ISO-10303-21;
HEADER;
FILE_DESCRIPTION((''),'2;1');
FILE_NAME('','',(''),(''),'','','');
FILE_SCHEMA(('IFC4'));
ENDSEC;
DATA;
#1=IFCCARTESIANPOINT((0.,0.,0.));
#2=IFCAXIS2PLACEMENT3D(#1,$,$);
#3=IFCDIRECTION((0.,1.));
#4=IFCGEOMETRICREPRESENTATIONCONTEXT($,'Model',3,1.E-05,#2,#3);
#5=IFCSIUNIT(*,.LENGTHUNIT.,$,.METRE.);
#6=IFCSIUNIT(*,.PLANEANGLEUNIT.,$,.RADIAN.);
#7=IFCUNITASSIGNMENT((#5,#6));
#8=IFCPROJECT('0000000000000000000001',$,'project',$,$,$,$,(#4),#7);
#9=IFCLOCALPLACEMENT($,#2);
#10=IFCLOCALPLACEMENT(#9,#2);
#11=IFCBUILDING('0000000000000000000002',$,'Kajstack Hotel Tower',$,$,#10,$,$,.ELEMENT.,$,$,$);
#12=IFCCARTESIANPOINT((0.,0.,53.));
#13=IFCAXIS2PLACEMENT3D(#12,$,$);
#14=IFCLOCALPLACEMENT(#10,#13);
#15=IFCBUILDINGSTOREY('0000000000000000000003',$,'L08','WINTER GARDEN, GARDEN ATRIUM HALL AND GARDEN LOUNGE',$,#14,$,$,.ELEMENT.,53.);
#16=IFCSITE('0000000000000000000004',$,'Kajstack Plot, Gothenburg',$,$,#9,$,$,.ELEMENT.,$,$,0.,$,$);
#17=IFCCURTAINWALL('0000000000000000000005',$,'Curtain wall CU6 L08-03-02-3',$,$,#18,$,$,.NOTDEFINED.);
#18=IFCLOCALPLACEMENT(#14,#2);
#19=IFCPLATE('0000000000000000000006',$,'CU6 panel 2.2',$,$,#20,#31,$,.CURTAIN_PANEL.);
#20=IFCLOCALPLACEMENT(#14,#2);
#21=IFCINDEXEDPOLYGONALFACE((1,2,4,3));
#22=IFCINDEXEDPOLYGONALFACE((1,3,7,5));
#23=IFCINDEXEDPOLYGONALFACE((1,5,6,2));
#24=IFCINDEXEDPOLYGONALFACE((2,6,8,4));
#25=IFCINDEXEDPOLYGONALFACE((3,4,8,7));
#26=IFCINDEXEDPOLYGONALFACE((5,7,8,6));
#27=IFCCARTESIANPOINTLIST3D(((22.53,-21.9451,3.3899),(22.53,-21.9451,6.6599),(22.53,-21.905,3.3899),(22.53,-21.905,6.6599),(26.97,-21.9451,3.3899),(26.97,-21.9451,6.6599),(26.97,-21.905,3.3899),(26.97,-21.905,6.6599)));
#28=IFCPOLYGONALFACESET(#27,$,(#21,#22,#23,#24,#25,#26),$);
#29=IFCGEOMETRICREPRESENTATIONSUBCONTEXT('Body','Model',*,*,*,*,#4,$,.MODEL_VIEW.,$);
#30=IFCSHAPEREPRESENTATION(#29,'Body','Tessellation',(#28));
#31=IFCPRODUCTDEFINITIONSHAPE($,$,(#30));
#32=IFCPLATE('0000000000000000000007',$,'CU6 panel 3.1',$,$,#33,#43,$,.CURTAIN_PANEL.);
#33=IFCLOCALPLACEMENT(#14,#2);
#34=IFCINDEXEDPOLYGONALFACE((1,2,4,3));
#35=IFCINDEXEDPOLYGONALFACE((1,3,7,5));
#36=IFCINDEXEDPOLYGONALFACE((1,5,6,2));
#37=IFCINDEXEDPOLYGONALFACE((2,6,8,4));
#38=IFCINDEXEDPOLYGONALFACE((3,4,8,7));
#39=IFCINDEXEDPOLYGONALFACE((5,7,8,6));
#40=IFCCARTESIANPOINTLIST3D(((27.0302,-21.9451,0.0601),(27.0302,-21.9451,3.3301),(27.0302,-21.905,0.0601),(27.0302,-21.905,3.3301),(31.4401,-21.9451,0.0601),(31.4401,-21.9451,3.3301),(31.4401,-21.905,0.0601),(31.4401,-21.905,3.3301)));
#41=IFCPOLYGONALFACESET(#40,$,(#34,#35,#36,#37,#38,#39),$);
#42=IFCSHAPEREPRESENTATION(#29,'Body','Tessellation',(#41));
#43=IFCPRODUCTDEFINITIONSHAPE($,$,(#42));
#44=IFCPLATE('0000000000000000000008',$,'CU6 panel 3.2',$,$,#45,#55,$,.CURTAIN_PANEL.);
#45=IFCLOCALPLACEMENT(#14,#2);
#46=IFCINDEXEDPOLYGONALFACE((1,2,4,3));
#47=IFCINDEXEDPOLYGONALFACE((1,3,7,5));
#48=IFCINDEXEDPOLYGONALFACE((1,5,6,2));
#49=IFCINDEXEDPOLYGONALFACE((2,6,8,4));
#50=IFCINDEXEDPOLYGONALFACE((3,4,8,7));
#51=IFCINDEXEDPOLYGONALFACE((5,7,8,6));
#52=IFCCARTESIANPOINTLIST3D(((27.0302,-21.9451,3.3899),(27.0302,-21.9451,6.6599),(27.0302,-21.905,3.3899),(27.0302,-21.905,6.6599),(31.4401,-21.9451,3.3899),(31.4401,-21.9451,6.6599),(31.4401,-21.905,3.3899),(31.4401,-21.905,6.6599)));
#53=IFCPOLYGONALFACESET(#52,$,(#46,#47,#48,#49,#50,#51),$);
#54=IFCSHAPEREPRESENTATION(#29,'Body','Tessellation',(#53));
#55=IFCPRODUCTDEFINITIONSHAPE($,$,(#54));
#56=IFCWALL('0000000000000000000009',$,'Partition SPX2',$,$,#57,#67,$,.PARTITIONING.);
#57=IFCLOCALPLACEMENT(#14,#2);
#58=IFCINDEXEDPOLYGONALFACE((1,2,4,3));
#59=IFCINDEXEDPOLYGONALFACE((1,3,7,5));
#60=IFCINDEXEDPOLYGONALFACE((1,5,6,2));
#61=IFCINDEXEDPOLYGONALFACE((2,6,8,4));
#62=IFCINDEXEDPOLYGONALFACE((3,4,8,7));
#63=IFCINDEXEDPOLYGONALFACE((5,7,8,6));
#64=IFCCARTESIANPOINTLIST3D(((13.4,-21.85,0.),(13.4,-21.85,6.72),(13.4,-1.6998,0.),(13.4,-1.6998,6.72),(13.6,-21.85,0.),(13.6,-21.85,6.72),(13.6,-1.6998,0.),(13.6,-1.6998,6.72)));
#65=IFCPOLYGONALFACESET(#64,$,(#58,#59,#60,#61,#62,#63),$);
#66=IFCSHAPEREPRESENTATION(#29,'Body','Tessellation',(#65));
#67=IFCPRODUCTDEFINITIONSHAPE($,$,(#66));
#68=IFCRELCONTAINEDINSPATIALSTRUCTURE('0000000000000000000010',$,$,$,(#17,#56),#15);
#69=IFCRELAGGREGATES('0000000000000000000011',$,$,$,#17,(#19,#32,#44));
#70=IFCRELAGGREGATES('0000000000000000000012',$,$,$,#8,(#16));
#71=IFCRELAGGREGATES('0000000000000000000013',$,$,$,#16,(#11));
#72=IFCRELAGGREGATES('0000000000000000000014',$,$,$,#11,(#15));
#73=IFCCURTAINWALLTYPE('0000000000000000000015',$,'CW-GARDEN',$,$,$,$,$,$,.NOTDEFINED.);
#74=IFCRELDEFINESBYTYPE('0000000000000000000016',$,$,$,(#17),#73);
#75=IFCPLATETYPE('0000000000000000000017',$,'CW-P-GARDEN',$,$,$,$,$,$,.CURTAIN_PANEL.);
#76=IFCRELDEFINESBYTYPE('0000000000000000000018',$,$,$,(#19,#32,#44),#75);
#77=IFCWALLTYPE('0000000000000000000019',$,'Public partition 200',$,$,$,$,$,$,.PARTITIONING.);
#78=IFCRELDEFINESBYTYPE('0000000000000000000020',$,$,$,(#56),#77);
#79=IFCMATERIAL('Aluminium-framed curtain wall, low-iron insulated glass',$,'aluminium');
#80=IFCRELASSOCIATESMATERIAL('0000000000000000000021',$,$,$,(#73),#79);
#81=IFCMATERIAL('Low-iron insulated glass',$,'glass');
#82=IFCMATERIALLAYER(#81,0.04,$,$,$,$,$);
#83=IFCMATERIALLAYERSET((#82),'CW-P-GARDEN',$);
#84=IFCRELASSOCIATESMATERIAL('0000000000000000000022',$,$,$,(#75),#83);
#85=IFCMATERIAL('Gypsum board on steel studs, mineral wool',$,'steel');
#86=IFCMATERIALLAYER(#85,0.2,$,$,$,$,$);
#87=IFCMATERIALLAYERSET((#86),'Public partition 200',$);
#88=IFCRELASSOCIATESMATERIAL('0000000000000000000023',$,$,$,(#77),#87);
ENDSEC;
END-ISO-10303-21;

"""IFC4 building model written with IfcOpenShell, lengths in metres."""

from ifc_helpers import new_model, si_unit, direction, frame, frame_2d, origin, origin_2d, place, context, subcontext, project, spatial, rectangle, extrude, material, layer, layer_set, type_object, element, aggregate, save


model = new_model("IFC4")

# Units and contexts
model_context = context("Model", 3, precision=1e-05, world=origin(), true_north=direction((0.0, 1.0)))
body_context = subcontext(model_context, "Body", "Model", "MODEL_VIEW")
ifc_project = project(units=[si_unit("LENGTHUNIT", "METRE"), si_unit("PLANEANGLEUNIT", "RADIAN")], contexts=[model_context])

# Site, building, storey
site_placement = place(None, origin())
site = spatial("IfcSite", under=ifc_project, at=site_placement, Name="Kajstack Plot, Gothenburg", CompositionType="ELEMENT", RefElevation=0.0)
building_placement = place(site_placement, origin())
building = spatial("IfcBuilding", under=site, at=building_placement, Name="Kajstack Hotel Tower", CompositionType="ELEMENT")
storey_placement = place(building_placement, frame((0.0, 0.0, 53.0)))
storey = spatial("IfcBuildingStorey", under=building, at=storey_placement, Name="L08", Description="WINTER GARDEN, GARDEN ATRIUM HALL AND GARDEN LOUNGE", CompositionType="ELEMENT", Elevation=53.0)

# Curtain wall
ifc_material_1 = material(Name="Aluminium-framed curtain wall, low-iron insulated glass", Category="aluminium")
curtain_wall_type = type_object("IfcCurtainWallType", Name="CW-GARDEN", PredefinedType="NOTDEFINED", material=ifc_material_1)
curtain_wall_1_placement = place(storey_placement, origin())
curtain_wall_1 = element("IfcCurtainWall", 1, at=curtain_wall_1_placement, inside=storey, type_object=curtain_wall_type, Name="Curtain wall CU6 L08-03-02-3", PredefinedType="NOTDEFINED")

# Plates
ifc_material_2 = material(Name="Low-iron insulated glass", Category="glass")
ifc_layer_1 = layer(ifc_material_2, 0.04)
ifc_layer_set_1 = layer_set([ifc_layer_1], Name="CW-P-GARDEN")
plate_type = type_object("IfcPlateType", Name="CW-P-GARDEN", PredefinedType="CURTAIN_PANEL", material=ifc_layer_set_1)
plate_1_placement = place(storey_placement, frame((24.75, -21.925, 3.3899), z_axis=(0.0, 0.0, 1.0), x_axis=(1.0, 0.0, 0.0)))
plate_1 = element("IfcPlate", 2, at=plate_1_placement, type_object=plate_type, Name="CU6 panel 2.2", PredefinedType="CURTAIN_PANEL", context=body_context, shape_type="SweptSolid", body=[
    extrude(rectangle(XDim=4.4399, YDim=0.04, at=origin_2d()), origin(), (0.0, 0.0, 1.0), 3.27),
])
plate_2_placement = place(storey_placement, frame((29.2351, -21.925, 0.0601), z_axis=(0.0, 0.0, 1.0), x_axis=(1.0, 0.0, 0.0)))
plate_2 = element("IfcPlate", 3, at=plate_2_placement, type_object=plate_type, Name="CU6 panel 3.1", PredefinedType="CURTAIN_PANEL", context=body_context, shape_type="SweptSolid", body=[
    extrude(rectangle(XDim=4.4099, YDim=0.04, at=origin_2d()), origin(), (0.0, 0.0, 1.0), 3.27),
])
plate_3_placement = place(storey_placement, frame((29.2351, -21.925, 3.3899), z_axis=(0.0, 0.0, 1.0), x_axis=(1.0, 0.0, 0.0)))
plate_3 = element("IfcPlate", 4, at=plate_3_placement, type_object=plate_type, Name="CU6 panel 3.2", PredefinedType="CURTAIN_PANEL", context=body_context, shape_type="SweptSolid", body=[
    extrude(rectangle(XDim=4.4099, YDim=0.04, at=origin_2d()), origin(), (0.0, 0.0, 1.0), 3.27),
])
aggregate(curtain_wall_1, [plate_1, plate_2, plate_3])

# Wall
ifc_material_3 = material(Name="Gypsum board on steel studs, mineral wool", Category="steel")
ifc_layer_2 = layer(ifc_material_3, 0.2)
ifc_layer_set_2 = layer_set([ifc_layer_2], Name="Public partition 200")
wall_type = type_object("IfcWallType", Name="Public partition 200", PredefinedType="PARTITIONING", material=ifc_layer_set_2)
wall_placement = place(storey_placement, frame((13.5, -21.8501, 0.0), z_axis=(0.0, 0.0, 1.0), x_axis=(0.0, 1.0, 0.0)))
element("IfcWall", 5, at=wall_placement, inside=storey, type_object=wall_type, Name="Partition SPX2", PredefinedType="PARTITIONING", context=body_context, shape_type="SweptSolid", body=[
    extrude(rectangle(XDim=20.1501, YDim=0.2, at=frame_2d((10.0752, 0.0))), origin(), (0.0, 0.0, 1.0), 6.72),
])

save(model, "model.ifc")
